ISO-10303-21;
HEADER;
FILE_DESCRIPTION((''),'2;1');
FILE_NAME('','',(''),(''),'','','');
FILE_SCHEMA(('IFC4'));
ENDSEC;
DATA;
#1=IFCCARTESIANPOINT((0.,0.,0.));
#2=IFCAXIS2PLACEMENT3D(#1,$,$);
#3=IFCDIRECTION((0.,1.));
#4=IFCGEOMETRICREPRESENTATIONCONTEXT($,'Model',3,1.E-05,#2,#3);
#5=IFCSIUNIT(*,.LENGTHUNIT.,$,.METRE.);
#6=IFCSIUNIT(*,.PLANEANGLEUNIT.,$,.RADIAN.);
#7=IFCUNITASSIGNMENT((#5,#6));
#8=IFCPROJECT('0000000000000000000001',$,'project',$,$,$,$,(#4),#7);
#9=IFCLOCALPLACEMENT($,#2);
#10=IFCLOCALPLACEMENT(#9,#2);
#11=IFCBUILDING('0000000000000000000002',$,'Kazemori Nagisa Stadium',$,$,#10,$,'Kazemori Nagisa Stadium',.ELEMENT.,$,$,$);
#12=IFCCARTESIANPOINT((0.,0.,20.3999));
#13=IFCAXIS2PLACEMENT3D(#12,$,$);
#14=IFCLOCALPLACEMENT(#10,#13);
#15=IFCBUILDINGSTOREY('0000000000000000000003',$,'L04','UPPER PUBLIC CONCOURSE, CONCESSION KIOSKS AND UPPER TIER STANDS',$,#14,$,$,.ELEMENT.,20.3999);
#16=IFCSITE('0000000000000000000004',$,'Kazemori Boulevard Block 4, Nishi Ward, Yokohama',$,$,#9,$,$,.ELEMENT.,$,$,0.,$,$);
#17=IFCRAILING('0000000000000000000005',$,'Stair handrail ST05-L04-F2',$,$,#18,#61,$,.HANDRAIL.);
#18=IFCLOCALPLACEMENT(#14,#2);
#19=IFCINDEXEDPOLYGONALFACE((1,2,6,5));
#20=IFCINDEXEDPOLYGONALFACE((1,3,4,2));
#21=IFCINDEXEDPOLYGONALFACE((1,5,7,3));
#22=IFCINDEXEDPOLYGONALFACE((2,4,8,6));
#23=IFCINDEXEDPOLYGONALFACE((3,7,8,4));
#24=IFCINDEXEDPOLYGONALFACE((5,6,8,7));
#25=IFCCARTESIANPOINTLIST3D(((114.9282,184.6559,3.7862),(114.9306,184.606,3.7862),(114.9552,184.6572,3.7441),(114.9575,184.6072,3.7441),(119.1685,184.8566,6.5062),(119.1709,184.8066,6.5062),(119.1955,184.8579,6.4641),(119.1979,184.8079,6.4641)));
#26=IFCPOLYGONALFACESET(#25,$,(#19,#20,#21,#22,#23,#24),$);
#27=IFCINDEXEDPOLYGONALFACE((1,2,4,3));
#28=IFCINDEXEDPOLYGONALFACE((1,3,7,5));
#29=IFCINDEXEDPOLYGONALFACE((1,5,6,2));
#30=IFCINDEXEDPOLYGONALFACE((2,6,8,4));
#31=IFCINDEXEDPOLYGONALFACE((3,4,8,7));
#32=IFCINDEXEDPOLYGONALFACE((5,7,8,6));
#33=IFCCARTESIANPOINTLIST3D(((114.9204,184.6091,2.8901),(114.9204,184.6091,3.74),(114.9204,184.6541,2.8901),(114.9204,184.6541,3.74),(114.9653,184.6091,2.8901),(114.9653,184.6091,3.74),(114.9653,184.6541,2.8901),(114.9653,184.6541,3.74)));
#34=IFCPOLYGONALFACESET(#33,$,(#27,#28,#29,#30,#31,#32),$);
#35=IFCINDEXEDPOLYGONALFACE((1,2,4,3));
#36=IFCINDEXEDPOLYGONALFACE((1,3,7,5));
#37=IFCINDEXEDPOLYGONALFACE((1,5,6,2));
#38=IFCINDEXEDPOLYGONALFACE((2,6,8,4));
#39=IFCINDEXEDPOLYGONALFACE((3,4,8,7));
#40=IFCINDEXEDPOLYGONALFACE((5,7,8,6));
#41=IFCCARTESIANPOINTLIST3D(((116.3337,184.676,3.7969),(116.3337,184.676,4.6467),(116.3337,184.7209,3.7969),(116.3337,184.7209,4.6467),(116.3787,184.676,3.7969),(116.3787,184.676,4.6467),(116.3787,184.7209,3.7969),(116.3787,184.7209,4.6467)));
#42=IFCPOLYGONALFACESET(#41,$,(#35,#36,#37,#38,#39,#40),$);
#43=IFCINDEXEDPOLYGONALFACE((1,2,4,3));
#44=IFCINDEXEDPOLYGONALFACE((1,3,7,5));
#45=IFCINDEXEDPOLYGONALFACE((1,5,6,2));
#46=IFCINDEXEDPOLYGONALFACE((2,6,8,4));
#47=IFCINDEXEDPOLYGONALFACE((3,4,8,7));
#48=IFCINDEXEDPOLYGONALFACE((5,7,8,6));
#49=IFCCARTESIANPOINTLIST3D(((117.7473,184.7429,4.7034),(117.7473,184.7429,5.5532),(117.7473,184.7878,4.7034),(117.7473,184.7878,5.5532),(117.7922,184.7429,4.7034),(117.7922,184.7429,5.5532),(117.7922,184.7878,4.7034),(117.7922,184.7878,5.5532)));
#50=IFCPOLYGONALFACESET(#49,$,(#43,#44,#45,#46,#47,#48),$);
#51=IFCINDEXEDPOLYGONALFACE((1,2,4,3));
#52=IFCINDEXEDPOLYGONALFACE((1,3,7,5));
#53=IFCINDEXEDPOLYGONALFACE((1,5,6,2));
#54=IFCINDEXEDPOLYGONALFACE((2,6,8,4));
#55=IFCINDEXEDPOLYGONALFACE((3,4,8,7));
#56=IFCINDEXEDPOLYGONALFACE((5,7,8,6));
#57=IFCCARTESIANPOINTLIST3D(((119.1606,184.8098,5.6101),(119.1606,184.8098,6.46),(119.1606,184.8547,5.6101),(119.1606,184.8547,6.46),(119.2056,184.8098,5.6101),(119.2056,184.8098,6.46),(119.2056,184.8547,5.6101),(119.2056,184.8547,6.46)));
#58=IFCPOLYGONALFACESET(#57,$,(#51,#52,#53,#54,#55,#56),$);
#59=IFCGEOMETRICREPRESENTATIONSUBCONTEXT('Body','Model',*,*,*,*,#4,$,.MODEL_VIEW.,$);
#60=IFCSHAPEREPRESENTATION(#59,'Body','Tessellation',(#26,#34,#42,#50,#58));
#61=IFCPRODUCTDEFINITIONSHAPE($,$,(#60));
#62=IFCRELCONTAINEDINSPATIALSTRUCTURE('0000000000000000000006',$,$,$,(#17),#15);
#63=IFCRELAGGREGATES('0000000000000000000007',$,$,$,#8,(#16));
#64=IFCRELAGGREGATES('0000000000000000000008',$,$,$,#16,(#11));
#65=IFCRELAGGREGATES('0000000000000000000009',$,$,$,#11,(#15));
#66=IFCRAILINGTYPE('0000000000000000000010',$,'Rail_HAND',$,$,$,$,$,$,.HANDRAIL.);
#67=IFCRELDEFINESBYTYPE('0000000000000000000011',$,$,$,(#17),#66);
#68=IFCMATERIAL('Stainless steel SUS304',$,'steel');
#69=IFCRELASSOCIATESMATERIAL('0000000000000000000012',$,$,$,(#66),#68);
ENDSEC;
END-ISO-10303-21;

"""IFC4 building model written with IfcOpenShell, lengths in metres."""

from ifc_helpers import new_model, si_unit, direction, frame, origin, origin_2d, place, context, subcontext, project, spatial, rectangle, extrude, material, type_object, element, save


model = new_model("IFC4")

# Units and contexts
model_context = context("Model", 3, precision=1e-05, world=origin(), true_north=direction((0.0, 1.0)))
body_context = subcontext(model_context, "Body", "Model", "MODEL_VIEW")
ifc_project = project(units=[si_unit("LENGTHUNIT", "METRE"), si_unit("PLANEANGLEUNIT", "RADIAN")], contexts=[model_context])

# Site, building, storey
site_placement = place(None, origin())
site = spatial("IfcSite", under=ifc_project, at=site_placement, Name="Kazemori Boulevard Block 4, Nishi Ward, Yokohama", CompositionType="ELEMENT", RefElevation=0.0)
building_placement = place(site_placement, origin())
building = spatial("IfcBuilding", under=site, at=building_placement, Name="Kazemori Nagisa Stadium", LongName="Kazemori Nagisa Stadium", CompositionType="ELEMENT")
storey_placement = place(building_placement, frame((0.0, 0.0, 20.3999)))
storey = spatial("IfcBuildingStorey", under=building, at=storey_placement, Name="L04", Description="UPPER PUBLIC CONCOURSE, CONCESSION KIOSKS AND UPPER TIER STANDS", CompositionType="ELEMENT", Elevation=20.3999)

# Railing
ifc_material_1 = material(Name="Stainless steel SUS304", Category="steel")
railing_type_1 = type_object("IfcRailingType", Name="Rail_HAND", PredefinedType="HANDRAIL", material=ifc_material_1)
railing_1_placement = place(storey_placement, frame((114.9429, 184.6316, 2.8901)))
element("IfcRailing", 1, at=railing_1_placement, inside=storey, type_object=railing_type_1, Name="Stair handrail ST05-L04-F2", PredefinedType="HANDRAIL", context=body_context, shape_type="SweptSolid", body=[
    extrude(rectangle(XDim=0.05, YDim=0.05, at=origin_2d()), frame((0.0, 0.0, 0.875), z_axis=(0.841043, 0.039805, 0.539502), x_axis=(-0.047276, 0.998882, 0.0)), (0.0, 0.0, 1.0), 5.0417),
    extrude(rectangle(XDim=0.0449, YDim=0.0449, at=origin_2d()), origin(), (0.0, 0.0, 1.0), 0.8499),
    extrude(rectangle(XDim=0.0449, YDim=0.0449, at=origin_2d()), frame((1.4133, 0.0669, 0.9067)), (0.0, 0.0, 1.0), 0.8499),
    extrude(rectangle(XDim=0.0449, YDim=0.0449, at=origin_2d()), frame((2.8269, 0.1338, 1.8132)), (0.0, 0.0, 1.0), 0.8499),
    extrude(rectangle(XDim=0.0449, YDim=0.0449, at=origin_2d()), frame((4.2402, 0.2007, 2.72)), (0.0, 0.0, 1.0), 0.8499),
])

save(model, "model.ifc")
